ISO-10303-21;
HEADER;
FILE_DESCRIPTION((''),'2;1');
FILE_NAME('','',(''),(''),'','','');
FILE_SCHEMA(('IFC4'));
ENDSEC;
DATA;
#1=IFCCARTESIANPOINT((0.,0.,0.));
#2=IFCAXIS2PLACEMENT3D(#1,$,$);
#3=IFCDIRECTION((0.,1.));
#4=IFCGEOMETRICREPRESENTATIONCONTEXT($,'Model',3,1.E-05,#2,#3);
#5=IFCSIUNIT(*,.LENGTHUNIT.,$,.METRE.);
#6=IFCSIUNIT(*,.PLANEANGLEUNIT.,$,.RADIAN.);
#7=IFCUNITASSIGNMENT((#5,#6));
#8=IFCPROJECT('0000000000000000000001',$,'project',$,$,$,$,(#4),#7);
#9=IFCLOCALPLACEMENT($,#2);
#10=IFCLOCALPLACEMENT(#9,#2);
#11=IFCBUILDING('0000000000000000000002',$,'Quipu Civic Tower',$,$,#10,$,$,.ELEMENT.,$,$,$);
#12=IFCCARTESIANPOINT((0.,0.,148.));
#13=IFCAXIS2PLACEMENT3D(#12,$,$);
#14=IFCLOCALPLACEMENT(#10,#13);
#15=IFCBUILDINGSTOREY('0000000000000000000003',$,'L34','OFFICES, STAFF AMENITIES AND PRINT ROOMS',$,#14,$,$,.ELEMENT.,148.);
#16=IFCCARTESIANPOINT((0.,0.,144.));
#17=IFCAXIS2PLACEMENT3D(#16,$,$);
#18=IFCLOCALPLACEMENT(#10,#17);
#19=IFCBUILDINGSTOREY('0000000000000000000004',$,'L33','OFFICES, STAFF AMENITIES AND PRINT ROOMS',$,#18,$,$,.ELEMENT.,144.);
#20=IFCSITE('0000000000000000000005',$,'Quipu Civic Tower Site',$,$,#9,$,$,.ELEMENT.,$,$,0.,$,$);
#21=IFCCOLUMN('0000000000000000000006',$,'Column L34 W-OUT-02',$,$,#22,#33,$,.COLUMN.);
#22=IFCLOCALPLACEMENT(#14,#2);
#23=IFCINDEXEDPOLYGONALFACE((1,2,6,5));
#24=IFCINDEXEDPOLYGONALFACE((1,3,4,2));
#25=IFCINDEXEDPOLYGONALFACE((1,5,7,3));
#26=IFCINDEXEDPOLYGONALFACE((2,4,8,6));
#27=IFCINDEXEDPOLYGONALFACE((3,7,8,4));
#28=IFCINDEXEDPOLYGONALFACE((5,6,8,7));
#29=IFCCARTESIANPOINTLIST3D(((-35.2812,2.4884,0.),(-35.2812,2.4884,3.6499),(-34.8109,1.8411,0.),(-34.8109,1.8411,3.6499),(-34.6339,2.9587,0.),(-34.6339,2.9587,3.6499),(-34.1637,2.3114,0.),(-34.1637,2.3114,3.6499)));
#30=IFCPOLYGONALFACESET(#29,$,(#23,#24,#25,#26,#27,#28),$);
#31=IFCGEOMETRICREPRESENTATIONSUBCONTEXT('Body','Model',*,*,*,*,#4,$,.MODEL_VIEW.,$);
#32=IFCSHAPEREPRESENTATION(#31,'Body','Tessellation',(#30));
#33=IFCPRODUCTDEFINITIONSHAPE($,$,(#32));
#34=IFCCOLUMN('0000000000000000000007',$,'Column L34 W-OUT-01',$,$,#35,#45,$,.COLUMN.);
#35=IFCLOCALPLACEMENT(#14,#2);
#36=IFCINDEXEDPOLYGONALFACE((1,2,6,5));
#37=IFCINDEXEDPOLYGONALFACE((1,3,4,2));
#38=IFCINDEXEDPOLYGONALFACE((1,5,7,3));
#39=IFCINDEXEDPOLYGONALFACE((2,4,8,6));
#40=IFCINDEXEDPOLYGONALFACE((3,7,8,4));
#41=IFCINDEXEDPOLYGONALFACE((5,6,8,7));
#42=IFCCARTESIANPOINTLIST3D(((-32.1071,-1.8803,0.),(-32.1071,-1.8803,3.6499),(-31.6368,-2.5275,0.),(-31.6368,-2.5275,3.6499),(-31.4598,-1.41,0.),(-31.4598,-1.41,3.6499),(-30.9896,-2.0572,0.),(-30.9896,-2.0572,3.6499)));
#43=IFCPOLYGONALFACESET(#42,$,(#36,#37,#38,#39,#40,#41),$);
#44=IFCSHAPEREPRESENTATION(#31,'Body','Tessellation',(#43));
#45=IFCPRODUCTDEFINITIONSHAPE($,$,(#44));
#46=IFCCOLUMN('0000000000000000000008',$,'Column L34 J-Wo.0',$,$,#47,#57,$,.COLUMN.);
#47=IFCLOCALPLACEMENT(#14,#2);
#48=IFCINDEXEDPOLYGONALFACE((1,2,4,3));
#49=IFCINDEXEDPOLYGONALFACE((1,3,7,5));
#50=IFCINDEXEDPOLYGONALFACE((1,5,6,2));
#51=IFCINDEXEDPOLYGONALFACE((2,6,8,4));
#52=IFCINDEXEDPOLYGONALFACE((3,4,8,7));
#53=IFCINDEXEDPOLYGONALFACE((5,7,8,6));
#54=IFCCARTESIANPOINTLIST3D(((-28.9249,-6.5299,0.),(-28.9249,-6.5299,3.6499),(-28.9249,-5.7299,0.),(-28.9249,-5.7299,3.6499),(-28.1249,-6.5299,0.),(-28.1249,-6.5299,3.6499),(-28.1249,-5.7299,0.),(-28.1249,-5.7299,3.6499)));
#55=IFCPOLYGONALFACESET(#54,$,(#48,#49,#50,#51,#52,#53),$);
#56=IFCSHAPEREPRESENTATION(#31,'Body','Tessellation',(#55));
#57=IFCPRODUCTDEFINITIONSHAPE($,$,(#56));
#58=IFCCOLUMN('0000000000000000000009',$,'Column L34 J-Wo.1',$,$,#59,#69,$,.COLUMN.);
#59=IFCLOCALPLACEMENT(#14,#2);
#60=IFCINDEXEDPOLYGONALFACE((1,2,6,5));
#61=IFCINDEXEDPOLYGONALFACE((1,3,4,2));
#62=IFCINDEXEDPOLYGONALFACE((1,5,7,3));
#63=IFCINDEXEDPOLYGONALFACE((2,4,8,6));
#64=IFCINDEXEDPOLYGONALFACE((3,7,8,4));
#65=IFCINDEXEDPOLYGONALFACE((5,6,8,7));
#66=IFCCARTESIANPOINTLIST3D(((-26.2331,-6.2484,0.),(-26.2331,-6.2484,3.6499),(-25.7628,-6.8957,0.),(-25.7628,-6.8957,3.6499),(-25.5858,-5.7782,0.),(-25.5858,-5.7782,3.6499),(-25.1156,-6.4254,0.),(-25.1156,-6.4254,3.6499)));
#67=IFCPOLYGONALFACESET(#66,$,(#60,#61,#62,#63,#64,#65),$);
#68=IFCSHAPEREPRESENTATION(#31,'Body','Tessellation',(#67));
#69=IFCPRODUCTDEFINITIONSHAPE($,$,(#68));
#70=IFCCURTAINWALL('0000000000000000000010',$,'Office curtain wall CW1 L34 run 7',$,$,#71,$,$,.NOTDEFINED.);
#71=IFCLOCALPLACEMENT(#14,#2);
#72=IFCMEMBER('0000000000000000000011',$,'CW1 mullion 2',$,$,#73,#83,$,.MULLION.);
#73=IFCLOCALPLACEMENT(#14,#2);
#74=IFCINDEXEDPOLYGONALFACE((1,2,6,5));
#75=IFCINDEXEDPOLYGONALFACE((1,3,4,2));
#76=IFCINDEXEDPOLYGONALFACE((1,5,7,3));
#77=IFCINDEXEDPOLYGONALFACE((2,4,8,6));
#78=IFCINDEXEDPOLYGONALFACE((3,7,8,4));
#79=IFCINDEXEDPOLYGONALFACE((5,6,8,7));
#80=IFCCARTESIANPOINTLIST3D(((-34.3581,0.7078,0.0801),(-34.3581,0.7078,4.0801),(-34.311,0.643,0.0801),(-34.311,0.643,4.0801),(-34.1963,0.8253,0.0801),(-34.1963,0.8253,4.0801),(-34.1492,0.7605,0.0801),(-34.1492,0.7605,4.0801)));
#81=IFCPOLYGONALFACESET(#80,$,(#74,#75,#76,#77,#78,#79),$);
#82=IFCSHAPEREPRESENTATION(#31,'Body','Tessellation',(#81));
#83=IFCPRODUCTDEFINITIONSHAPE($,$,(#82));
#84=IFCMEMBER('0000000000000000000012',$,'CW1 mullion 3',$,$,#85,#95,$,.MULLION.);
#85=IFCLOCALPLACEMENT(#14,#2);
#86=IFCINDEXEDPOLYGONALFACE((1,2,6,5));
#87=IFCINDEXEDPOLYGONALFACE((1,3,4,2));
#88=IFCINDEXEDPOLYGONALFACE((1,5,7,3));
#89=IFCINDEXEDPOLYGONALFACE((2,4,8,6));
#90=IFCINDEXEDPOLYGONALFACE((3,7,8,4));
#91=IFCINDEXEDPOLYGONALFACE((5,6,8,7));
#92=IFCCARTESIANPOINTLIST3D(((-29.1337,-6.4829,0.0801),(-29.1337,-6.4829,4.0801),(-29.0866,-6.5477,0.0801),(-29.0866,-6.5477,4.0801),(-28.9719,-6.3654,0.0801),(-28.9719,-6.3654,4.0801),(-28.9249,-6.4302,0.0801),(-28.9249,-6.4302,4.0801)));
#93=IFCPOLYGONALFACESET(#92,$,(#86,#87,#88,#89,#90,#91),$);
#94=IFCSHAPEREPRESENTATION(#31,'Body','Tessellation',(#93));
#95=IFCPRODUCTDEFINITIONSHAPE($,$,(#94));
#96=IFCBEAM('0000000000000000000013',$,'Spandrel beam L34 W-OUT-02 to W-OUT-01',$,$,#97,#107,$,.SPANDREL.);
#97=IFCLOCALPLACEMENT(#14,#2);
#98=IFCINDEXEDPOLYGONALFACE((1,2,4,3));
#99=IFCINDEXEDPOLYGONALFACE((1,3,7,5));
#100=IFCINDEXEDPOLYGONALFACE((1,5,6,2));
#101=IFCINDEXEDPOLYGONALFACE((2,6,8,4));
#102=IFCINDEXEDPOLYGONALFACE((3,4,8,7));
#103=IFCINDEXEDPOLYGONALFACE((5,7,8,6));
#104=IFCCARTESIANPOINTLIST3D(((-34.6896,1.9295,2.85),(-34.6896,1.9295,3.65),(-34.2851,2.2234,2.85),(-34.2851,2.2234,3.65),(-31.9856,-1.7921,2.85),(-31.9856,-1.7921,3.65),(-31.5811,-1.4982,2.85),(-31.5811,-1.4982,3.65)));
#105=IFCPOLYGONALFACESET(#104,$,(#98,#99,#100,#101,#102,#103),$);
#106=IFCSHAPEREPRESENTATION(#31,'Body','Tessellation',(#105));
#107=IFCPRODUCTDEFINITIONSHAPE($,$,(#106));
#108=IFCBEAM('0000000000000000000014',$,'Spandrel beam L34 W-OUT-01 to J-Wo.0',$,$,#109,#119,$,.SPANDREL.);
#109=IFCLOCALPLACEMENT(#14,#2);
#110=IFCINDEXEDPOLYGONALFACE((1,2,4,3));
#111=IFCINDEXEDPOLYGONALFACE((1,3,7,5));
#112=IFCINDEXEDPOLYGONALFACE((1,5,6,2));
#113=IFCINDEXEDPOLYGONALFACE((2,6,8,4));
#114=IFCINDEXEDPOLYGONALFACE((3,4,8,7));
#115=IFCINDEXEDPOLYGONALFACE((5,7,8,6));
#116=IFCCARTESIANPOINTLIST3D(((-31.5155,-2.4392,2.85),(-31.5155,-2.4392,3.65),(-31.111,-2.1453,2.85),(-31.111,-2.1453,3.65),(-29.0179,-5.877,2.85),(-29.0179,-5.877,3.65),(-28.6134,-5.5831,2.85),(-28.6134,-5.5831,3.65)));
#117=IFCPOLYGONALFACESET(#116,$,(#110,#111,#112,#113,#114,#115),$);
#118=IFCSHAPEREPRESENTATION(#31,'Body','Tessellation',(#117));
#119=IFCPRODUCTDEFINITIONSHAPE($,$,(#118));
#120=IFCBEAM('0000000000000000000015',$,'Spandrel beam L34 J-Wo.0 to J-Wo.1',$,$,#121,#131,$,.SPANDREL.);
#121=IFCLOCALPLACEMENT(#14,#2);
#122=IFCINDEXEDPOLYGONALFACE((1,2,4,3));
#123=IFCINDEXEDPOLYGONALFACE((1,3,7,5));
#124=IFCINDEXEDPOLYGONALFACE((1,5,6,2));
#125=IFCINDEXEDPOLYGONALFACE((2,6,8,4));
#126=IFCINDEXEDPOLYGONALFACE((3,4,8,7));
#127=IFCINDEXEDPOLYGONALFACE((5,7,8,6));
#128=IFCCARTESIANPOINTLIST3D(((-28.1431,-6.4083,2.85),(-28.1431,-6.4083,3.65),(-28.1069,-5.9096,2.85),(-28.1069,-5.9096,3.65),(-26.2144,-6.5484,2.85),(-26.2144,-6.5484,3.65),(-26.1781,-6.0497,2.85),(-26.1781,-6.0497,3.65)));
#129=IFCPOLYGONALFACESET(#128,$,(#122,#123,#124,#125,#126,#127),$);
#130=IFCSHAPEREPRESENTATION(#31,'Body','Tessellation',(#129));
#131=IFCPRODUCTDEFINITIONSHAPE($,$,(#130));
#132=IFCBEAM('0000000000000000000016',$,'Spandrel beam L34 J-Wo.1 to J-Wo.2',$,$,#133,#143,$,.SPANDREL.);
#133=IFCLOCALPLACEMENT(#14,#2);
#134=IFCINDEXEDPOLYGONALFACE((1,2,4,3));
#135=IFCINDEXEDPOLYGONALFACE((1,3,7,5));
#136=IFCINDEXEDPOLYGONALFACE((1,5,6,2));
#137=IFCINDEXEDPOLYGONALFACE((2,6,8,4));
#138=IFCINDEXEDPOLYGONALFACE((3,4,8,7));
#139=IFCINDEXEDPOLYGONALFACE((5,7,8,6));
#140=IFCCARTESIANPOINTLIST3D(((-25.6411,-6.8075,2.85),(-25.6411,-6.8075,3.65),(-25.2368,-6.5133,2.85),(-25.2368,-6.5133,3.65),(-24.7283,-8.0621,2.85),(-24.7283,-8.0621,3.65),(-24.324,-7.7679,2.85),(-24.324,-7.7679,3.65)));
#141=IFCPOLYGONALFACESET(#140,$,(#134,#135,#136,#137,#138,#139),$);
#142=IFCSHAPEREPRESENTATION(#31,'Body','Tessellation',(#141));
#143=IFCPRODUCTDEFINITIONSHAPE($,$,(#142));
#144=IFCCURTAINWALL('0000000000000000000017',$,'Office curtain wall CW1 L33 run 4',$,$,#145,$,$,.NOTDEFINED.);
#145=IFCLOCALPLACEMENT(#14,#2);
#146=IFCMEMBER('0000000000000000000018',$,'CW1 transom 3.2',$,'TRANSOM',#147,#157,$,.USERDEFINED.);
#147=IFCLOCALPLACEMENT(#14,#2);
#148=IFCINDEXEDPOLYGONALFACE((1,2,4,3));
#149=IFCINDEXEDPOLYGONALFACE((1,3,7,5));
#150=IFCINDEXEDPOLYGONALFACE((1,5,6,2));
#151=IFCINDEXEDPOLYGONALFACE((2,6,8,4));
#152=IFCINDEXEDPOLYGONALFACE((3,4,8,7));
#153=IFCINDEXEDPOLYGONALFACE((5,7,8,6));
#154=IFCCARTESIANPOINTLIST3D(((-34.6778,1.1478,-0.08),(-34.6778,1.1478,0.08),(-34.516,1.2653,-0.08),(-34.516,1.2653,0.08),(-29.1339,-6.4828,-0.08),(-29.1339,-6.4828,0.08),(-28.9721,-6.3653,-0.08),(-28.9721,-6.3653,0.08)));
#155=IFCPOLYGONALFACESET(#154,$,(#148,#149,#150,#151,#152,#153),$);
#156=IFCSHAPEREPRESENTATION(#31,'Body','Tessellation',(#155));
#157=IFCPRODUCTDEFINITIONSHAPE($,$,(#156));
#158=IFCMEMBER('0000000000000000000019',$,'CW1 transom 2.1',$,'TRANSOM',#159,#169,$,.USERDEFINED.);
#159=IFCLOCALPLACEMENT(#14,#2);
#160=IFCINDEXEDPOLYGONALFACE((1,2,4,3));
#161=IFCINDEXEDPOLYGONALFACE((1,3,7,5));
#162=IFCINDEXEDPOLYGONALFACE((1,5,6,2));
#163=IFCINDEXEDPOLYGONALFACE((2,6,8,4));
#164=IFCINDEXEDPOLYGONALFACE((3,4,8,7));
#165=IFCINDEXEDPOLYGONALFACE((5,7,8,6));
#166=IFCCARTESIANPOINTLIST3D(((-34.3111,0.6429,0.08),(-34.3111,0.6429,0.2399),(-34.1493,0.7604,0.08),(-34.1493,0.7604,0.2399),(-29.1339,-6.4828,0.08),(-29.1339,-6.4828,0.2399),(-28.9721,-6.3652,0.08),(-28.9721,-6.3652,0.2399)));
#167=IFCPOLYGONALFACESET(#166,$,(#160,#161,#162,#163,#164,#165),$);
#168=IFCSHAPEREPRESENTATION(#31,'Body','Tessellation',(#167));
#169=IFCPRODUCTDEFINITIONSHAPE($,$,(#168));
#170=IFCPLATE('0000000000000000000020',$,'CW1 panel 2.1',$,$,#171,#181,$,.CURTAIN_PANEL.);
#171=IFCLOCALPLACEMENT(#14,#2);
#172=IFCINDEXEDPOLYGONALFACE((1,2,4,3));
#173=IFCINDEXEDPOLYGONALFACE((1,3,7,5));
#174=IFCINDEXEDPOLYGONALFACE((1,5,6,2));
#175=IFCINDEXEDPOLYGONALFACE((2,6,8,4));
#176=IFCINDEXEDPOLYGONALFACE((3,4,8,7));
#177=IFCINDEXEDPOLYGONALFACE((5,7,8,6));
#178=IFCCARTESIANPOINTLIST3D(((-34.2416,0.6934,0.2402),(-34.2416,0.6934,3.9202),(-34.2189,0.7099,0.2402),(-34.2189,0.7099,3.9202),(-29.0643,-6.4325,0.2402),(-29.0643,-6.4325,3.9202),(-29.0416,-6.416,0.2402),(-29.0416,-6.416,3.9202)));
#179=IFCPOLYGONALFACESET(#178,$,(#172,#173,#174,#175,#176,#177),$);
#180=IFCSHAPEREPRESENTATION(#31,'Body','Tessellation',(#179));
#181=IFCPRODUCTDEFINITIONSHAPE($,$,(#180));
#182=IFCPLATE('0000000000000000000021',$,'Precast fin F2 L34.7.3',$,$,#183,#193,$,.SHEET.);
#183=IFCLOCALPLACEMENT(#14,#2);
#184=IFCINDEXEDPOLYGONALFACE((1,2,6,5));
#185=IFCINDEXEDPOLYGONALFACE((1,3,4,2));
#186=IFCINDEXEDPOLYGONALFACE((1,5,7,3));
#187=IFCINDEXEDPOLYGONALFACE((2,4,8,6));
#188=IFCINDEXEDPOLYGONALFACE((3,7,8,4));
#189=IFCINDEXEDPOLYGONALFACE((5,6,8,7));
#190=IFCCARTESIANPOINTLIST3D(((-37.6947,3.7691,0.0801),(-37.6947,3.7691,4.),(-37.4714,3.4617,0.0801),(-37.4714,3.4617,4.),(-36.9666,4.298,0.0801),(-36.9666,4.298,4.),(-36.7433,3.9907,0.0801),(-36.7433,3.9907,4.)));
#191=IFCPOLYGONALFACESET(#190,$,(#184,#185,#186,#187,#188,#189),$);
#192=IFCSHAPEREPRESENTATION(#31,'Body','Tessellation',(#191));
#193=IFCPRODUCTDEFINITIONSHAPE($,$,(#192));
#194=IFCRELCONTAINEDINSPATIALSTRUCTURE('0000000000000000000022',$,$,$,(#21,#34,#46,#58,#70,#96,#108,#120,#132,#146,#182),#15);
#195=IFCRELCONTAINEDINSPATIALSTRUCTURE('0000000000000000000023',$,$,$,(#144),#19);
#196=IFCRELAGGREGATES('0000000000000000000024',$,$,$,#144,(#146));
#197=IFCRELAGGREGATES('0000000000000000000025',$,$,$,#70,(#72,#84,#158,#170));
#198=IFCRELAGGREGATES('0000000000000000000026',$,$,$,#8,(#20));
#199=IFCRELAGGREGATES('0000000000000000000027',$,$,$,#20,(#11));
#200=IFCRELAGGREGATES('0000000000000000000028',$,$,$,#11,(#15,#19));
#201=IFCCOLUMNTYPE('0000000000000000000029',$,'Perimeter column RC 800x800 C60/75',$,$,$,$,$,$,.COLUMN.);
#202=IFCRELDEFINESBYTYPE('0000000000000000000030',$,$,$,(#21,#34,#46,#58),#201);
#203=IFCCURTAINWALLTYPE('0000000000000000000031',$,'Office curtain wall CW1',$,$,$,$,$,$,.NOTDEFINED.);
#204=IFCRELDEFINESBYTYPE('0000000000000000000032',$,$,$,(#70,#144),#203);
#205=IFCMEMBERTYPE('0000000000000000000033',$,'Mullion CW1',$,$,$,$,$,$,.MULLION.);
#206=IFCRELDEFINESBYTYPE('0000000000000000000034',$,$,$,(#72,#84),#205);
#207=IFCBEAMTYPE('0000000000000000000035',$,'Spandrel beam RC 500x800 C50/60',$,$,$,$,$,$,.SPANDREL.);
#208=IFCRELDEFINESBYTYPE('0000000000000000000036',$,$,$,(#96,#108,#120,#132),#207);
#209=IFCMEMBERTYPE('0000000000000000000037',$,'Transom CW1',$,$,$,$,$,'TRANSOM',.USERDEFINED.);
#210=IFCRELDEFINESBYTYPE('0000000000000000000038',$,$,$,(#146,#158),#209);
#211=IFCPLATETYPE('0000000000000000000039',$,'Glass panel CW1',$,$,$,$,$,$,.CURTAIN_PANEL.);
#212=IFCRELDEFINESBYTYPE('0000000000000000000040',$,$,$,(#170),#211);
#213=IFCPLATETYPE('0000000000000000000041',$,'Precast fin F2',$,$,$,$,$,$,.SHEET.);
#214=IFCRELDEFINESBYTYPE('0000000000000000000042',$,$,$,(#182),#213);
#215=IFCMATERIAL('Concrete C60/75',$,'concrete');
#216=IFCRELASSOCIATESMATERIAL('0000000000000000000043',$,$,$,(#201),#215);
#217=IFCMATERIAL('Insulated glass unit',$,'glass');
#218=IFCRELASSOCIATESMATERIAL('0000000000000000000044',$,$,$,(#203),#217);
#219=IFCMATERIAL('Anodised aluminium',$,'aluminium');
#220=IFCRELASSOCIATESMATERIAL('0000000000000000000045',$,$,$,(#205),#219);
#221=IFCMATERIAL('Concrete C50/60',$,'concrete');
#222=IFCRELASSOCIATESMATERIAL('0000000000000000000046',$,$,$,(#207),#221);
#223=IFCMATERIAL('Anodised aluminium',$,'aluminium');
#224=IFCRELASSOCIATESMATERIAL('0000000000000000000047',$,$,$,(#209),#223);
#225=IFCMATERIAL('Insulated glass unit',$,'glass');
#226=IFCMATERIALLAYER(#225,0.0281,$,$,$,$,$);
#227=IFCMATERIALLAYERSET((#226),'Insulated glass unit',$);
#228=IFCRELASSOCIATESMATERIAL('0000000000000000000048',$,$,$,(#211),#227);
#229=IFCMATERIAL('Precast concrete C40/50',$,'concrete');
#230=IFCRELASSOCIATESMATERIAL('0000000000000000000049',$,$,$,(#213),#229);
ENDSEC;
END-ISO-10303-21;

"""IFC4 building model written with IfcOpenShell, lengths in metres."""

from ifc_helpers import new_model, si_unit, direction, frame, origin, origin_2d, place, context, subcontext, project, spatial, rectangle, extrude, material, layer, layer_set, material_profile, profile_set, type_object, element, aggregate, save


model = new_model("IFC4")

# Units and contexts
model_context = context("Model", 3, precision=1e-05, world=origin(), true_north=direction((0.0, 1.0)))
body_context = subcontext(model_context, "Body", "Model", "MODEL_VIEW")
ifc_project = project(units=[si_unit("LENGTHUNIT", "METRE"), si_unit("PLANEANGLEUNIT", "RADIAN")], contexts=[model_context])

# Site, building, storey
site_placement = place(None, origin())
site = spatial("IfcSite", under=ifc_project, at=site_placement, Name="Quipu Civic Tower Site", CompositionType="ELEMENT", RefElevation=0.0)
building_placement = place(site_placement, origin())
building = spatial("IfcBuilding", under=site, at=building_placement, Name="Quipu Civic Tower", CompositionType="ELEMENT")
storey_1_placement = place(building_placement, frame((0.0, 0.0, 148.0)))
storey_1 = spatial("IfcBuildingStorey", under=building, at=storey_1_placement, Name="L34", Description="OFFICES, STAFF AMENITIES AND PRINT ROOMS", CompositionType="ELEMENT", Elevation=148.0)

# Columns
ifc_material_1 = material(Name="Concrete C60/75", Category="concrete")
ifc_material_profile_1 = material_profile(ifc_material_1, rectangle(XDim=0.8, YDim=0.8, at=origin_2d()), Name="RC800x800")
ifc_profile_set_1 = profile_set([ifc_material_profile_1], Name="Concrete C60/75")
column_type = type_object("IfcColumnType", Name="Perimeter column RC 800x800 C60/75", PredefinedType="COLUMN", material=ifc_profile_set_1)
for number, where, z_axis, x_axis, name in (
    (1, (-34.7224, 2.3999, 0.0), (0.0, 0.0, 1.0), (0.587785, -0.809017, 0.0), "Column L34 W-OUT-02"),
    (2, (-31.5483, -1.9688, 0.0), (0.0, 0.0, 1.0), (0.587785, -0.809017, 0.0), "Column L34 W-OUT-01"),
    (3, (-28.5249, -6.1299, 0.0), (0.0, 0.0, 1.0), (1.0, 0.0, 0.0), "Column L34 J-Wo.0"),
    (4, (-25.6743, -6.3369, 0.0), (0.0, 0.0, 1.0), (0.587785, -0.809017, 0.0), "Column L34 J-Wo.1"),
):
    element("IfcColumn", number, at=place(storey_1_placement, frame(where, z_axis=z_axis, x_axis=x_axis)), inside=storey_1, type_object=column_type, Name=name, PredefinedType="COLUMN", context=body_context, shape_type="SweptSolid", body=[
        extrude(rectangle(XDim=0.8, YDim=0.8, at=origin_2d()), origin(), (0.0, 0.0, 1.0), 3.6499),
    ])

# Curtain wall, members
ifc_material_2 = material(Name="Insulated glass unit", Category="glass")
curtain_wall_type = type_object("IfcCurtainWallType", Name="Office curtain wall CW1", PredefinedType="NOTDEFINED", material=ifc_material_2)
curtain_wall_1_placement = place(storey_1_placement, origin())
curtain_wall_1 = element("IfcCurtainWall", 5, at=curtain_wall_1_placement, inside=storey_1, type_object=curtain_wall_type, Name="Office curtain wall CW1 L34 run 7", PredefinedType="NOTDEFINED")
ifc_material_3 = material(Name="Anodised aluminium", Category="aluminium")
ifc_material_profile_2 = material_profile(ifc_material_3, rectangle(XDim=0.2, YDim=0.0801, at=origin_2d()), Name="RECT 200x80")
ifc_profile_set_2 = profile_set([ifc_material_profile_2], Name="Anodised aluminium")
member_type_1 = type_object("IfcMemberType", Name="Mullion CW1", PredefinedType="MULLION", material=ifc_profile_set_2)
member_1_placement = place(storey_1_placement, frame((-34.2537, 0.7341, 0.0801), z_axis=(0.0, 0.0, 1.0), x_axis=(0.809016, 0.587787, 0.0)))
member_1 = element("IfcMember", 6, at=member_1_placement, type_object=member_type_1, Name="CW1 mullion 2", PredefinedType="MULLION", context=body_context, shape_type="SweptSolid", body=[
    extrude(rectangle(XDim=0.2, YDim=0.0801, at=origin_2d()), origin(), (0.0, 0.0, 1.0), 4.0),
])
member_2_placement = place(storey_1_placement, frame((-29.0293, -6.4565, 0.0801), z_axis=(0.0, 0.0, 1.0), x_axis=(0.809016, 0.587787, 0.0)))
member_2 = element("IfcMember", 7, at=member_2_placement, type_object=member_type_1, Name="CW1 mullion 3", PredefinedType="MULLION", context=body_context, shape_type="SweptSolid", body=[
    extrude(rectangle(XDim=0.2, YDim=0.0801, at=origin_2d()), origin(), (0.0, 0.0, 1.0), 4.0),
])

# Beams
ifc_material_4 = material(Name="Concrete C50/60", Category="concrete")
ifc_material_profile_3 = material_profile(ifc_material_4, rectangle(XDim=0.5, YDim=0.8, at=origin_2d()), Name="RC500x800")
ifc_profile_set_3 = profile_set([ifc_material_profile_3], Name="Concrete C50/60")
beam_type = type_object("IfcBeamType", Name="Spandrel beam RC 500x800 C50/60", PredefinedType="SPANDREL", material=ifc_profile_set_3)
beam_1_placement = place(storey_1_placement, frame((-34.4873, 2.0764, 3.25), z_axis=(0.587796, -0.809009, 0.0), x_axis=(0.809009, 0.587796, 0.0)))
element("IfcBeam", 8, at=beam_1_placement, inside=storey_1, type_object=beam_type, Name="Spandrel beam L34 W-OUT-02 to W-OUT-01", PredefinedType="SPANDREL", context=body_context, shape_type="SweptSolid", body=[
    extrude(rectangle(XDim=0.5, YDim=0.8, at=origin_2d()), origin(), (0.0, 0.0, 1.0), 4.6001),
])
beam_2_placement = place(storey_1_placement, frame((-31.3132, -2.2922, 3.25), z_axis=(0.587769, -0.809029, 0.0), x_axis=(0.809029, 0.587769, 0.0)))
element("IfcBeam", 9, at=beam_2_placement, inside=storey_1, type_object=beam_type, Name="Spandrel beam L34 W-OUT-01 to J-Wo.0", PredefinedType="SPANDREL", context=body_context, shape_type="SweptSolid", body=[
    extrude(rectangle(XDim=0.5, YDim=0.8, at=origin_2d()), origin(), (0.0, 0.0, 1.0), 4.2493),
])
beam_3_placement = place(storey_1_placement, frame((-28.125, -6.1589, 3.25), z_axis=(0.997371, -0.072467, 0.0), x_axis=(0.072467, 0.997371, 0.0)))
element("IfcBeam", 10, at=beam_3_placement, inside=storey_1, type_object=beam_type, Name="Spandrel beam L34 J-Wo.0 to J-Wo.1", PredefinedType="SPANDREL", context=body_context, shape_type="SweptSolid", body=[
    extrude(rectangle(XDim=0.5, YDim=0.8, at=origin_2d()), origin(), (0.0, 0.0, 1.0), 1.9338),
])
beam_4_placement = place(storey_1_placement, frame((-25.439, -6.6604, 3.25), z_axis=(0.588331, -0.80862, 0.0), x_axis=(0.80862, 0.588331, 0.0)))
element("IfcBeam", 11, at=beam_4_placement, inside=storey_1, type_object=beam_type, Name="Spandrel beam L34 J-Wo.1 to J-Wo.2", PredefinedType="SPANDREL", context=body_context, shape_type="SweptSolid", body=[
    extrude(rectangle(XDim=0.5, YDim=0.8, at=origin_2d()), origin(), (0.0, 0.0, 1.0), 1.5515),
])

# Shared definitions
storey_2_placement = place(building_placement, frame((0.0, 0.0, 144.0)))
storey_2 = spatial("IfcBuildingStorey", under=building, at=storey_2_placement, Name="L33", Description="OFFICES, STAFF AMENITIES AND PRINT ROOMS", CompositionType="ELEMENT", Elevation=144.0)

# Curtain wall, member
curtain_wall_2_placement = place(storey_2_placement, origin())
curtain_wall_2 = element("IfcCurtainWall", 12, at=curtain_wall_2_placement, inside=storey_2, type_object=curtain_wall_type, Name="Office curtain wall CW1 L33 run 4", PredefinedType="NOTDEFINED")
ifc_material_5 = material(Name="Anodised aluminium", Category="aluminium")
ifc_material_profile_4 = material_profile(ifc_material_5, rectangle(XDim=0.2, YDim=0.1599, at=origin_2d()), Name="RECT 200x160")
ifc_profile_set_4 = profile_set([ifc_material_profile_4], Name="Anodised aluminium")
member_type_2 = type_object("IfcMemberType", Name="Transom CW1", ElementType="TRANSOM", PredefinedType="USERDEFINED", material=ifc_profile_set_4)
member_3_placement = place(storey_1_placement, frame((-34.5969, 1.2065, 0.0), z_axis=(0.587784, -0.809018, 0.0), x_axis=(0.809018, 0.587784, 0.0)))
member_3 = element("IfcMember", 13, at=member_3_placement, inside=storey_1, type_object=member_type_2, Name="CW1 transom 3.2", ObjectType="TRANSOM", PredefinedType="USERDEFINED", context=body_context, shape_type="SweptSolid", body=[
    extrude(rectangle(XDim=0.2, YDim=0.1599, at=origin_2d()), origin(), (0.0, 0.0, 1.0), 9.4319),
])
aggregate(curtain_wall_2, [member_3])

# Member
member_4_placement = place(storey_1_placement, frame((-34.2302, 0.7017, 0.1599), z_axis=(0.587793, -0.809012, 0.0), x_axis=(0.809012, 0.587793, 0.0)))
member_4 = element("IfcMember", 14, at=member_4_placement, type_object=member_type_2, Name="CW1 transom 2.1", ObjectType="TRANSOM", PredefinedType="USERDEFINED", context=body_context, shape_type="SweptSolid", body=[
    extrude(rectangle(XDim=0.2, YDim=0.1599, at=origin_2d()), origin(), (0.0, 0.0, 1.0), 8.8079),
])

# Plate
ifc_material_6 = material(Name="Insulated glass unit", Category="glass")
ifc_layer_1 = layer(ifc_material_6, 0.0281)
ifc_layer_set_1 = layer_set([ifc_layer_1], Name="Insulated glass unit")
plate_type_1 = type_object("IfcPlateType", Name="Glass panel CW1", PredefinedType="CURTAIN_PANEL", material=ifc_layer_set_1)
plate_placement = place(storey_1_placement, frame((-31.6416, -2.8613, 0.2402), z_axis=(0.0, 0.0, 1.0), x_axis=(0.587787, -0.809016, 0.0)))
plate = element("IfcPlate", 15, at=plate_placement, type_object=plate_type_1, Name="CW1 panel 2.1", PredefinedType="CURTAIN_PANEL", context=body_context, shape_type="SweptSolid", body=[
    extrude(rectangle(XDim=8.8081, YDim=0.0281, at=origin_2d()), origin(), (0.0, 0.0, 1.0), 3.6799),
])
aggregate(curtain_wall_1, [member_1, member_2, member_4, plate])

# Plate
ifc_material_7 = material(Name="Precast concrete C40/50", Category="concrete")
plate_type_2 = type_object("IfcPlateType", Name="Precast fin F2", PredefinedType="SHEET", material=ifc_material_7)
for number, where, z_axis, x_axis, name in (
    (16, (-37.219, 3.8799, 0.0801), (0.0, 0.0, 1.0), (0.587787, -0.809016, 0.0), "Precast fin F2 L34.7.3"),
):
    element("IfcPlate", number, at=place(storey_1_placement, frame(where, z_axis=z_axis, x_axis=x_axis)), inside=storey_1, type_object=plate_type_2, Name=name, PredefinedType="SHEET", context=body_context, shape_type="SweptSolid", body=[
        extrude(rectangle(XDim=0.3799, YDim=0.8999, at=origin_2d()), origin(), (0.0, 0.0, 1.0), 3.9199),
    ])

save(model, "model.ifc")
